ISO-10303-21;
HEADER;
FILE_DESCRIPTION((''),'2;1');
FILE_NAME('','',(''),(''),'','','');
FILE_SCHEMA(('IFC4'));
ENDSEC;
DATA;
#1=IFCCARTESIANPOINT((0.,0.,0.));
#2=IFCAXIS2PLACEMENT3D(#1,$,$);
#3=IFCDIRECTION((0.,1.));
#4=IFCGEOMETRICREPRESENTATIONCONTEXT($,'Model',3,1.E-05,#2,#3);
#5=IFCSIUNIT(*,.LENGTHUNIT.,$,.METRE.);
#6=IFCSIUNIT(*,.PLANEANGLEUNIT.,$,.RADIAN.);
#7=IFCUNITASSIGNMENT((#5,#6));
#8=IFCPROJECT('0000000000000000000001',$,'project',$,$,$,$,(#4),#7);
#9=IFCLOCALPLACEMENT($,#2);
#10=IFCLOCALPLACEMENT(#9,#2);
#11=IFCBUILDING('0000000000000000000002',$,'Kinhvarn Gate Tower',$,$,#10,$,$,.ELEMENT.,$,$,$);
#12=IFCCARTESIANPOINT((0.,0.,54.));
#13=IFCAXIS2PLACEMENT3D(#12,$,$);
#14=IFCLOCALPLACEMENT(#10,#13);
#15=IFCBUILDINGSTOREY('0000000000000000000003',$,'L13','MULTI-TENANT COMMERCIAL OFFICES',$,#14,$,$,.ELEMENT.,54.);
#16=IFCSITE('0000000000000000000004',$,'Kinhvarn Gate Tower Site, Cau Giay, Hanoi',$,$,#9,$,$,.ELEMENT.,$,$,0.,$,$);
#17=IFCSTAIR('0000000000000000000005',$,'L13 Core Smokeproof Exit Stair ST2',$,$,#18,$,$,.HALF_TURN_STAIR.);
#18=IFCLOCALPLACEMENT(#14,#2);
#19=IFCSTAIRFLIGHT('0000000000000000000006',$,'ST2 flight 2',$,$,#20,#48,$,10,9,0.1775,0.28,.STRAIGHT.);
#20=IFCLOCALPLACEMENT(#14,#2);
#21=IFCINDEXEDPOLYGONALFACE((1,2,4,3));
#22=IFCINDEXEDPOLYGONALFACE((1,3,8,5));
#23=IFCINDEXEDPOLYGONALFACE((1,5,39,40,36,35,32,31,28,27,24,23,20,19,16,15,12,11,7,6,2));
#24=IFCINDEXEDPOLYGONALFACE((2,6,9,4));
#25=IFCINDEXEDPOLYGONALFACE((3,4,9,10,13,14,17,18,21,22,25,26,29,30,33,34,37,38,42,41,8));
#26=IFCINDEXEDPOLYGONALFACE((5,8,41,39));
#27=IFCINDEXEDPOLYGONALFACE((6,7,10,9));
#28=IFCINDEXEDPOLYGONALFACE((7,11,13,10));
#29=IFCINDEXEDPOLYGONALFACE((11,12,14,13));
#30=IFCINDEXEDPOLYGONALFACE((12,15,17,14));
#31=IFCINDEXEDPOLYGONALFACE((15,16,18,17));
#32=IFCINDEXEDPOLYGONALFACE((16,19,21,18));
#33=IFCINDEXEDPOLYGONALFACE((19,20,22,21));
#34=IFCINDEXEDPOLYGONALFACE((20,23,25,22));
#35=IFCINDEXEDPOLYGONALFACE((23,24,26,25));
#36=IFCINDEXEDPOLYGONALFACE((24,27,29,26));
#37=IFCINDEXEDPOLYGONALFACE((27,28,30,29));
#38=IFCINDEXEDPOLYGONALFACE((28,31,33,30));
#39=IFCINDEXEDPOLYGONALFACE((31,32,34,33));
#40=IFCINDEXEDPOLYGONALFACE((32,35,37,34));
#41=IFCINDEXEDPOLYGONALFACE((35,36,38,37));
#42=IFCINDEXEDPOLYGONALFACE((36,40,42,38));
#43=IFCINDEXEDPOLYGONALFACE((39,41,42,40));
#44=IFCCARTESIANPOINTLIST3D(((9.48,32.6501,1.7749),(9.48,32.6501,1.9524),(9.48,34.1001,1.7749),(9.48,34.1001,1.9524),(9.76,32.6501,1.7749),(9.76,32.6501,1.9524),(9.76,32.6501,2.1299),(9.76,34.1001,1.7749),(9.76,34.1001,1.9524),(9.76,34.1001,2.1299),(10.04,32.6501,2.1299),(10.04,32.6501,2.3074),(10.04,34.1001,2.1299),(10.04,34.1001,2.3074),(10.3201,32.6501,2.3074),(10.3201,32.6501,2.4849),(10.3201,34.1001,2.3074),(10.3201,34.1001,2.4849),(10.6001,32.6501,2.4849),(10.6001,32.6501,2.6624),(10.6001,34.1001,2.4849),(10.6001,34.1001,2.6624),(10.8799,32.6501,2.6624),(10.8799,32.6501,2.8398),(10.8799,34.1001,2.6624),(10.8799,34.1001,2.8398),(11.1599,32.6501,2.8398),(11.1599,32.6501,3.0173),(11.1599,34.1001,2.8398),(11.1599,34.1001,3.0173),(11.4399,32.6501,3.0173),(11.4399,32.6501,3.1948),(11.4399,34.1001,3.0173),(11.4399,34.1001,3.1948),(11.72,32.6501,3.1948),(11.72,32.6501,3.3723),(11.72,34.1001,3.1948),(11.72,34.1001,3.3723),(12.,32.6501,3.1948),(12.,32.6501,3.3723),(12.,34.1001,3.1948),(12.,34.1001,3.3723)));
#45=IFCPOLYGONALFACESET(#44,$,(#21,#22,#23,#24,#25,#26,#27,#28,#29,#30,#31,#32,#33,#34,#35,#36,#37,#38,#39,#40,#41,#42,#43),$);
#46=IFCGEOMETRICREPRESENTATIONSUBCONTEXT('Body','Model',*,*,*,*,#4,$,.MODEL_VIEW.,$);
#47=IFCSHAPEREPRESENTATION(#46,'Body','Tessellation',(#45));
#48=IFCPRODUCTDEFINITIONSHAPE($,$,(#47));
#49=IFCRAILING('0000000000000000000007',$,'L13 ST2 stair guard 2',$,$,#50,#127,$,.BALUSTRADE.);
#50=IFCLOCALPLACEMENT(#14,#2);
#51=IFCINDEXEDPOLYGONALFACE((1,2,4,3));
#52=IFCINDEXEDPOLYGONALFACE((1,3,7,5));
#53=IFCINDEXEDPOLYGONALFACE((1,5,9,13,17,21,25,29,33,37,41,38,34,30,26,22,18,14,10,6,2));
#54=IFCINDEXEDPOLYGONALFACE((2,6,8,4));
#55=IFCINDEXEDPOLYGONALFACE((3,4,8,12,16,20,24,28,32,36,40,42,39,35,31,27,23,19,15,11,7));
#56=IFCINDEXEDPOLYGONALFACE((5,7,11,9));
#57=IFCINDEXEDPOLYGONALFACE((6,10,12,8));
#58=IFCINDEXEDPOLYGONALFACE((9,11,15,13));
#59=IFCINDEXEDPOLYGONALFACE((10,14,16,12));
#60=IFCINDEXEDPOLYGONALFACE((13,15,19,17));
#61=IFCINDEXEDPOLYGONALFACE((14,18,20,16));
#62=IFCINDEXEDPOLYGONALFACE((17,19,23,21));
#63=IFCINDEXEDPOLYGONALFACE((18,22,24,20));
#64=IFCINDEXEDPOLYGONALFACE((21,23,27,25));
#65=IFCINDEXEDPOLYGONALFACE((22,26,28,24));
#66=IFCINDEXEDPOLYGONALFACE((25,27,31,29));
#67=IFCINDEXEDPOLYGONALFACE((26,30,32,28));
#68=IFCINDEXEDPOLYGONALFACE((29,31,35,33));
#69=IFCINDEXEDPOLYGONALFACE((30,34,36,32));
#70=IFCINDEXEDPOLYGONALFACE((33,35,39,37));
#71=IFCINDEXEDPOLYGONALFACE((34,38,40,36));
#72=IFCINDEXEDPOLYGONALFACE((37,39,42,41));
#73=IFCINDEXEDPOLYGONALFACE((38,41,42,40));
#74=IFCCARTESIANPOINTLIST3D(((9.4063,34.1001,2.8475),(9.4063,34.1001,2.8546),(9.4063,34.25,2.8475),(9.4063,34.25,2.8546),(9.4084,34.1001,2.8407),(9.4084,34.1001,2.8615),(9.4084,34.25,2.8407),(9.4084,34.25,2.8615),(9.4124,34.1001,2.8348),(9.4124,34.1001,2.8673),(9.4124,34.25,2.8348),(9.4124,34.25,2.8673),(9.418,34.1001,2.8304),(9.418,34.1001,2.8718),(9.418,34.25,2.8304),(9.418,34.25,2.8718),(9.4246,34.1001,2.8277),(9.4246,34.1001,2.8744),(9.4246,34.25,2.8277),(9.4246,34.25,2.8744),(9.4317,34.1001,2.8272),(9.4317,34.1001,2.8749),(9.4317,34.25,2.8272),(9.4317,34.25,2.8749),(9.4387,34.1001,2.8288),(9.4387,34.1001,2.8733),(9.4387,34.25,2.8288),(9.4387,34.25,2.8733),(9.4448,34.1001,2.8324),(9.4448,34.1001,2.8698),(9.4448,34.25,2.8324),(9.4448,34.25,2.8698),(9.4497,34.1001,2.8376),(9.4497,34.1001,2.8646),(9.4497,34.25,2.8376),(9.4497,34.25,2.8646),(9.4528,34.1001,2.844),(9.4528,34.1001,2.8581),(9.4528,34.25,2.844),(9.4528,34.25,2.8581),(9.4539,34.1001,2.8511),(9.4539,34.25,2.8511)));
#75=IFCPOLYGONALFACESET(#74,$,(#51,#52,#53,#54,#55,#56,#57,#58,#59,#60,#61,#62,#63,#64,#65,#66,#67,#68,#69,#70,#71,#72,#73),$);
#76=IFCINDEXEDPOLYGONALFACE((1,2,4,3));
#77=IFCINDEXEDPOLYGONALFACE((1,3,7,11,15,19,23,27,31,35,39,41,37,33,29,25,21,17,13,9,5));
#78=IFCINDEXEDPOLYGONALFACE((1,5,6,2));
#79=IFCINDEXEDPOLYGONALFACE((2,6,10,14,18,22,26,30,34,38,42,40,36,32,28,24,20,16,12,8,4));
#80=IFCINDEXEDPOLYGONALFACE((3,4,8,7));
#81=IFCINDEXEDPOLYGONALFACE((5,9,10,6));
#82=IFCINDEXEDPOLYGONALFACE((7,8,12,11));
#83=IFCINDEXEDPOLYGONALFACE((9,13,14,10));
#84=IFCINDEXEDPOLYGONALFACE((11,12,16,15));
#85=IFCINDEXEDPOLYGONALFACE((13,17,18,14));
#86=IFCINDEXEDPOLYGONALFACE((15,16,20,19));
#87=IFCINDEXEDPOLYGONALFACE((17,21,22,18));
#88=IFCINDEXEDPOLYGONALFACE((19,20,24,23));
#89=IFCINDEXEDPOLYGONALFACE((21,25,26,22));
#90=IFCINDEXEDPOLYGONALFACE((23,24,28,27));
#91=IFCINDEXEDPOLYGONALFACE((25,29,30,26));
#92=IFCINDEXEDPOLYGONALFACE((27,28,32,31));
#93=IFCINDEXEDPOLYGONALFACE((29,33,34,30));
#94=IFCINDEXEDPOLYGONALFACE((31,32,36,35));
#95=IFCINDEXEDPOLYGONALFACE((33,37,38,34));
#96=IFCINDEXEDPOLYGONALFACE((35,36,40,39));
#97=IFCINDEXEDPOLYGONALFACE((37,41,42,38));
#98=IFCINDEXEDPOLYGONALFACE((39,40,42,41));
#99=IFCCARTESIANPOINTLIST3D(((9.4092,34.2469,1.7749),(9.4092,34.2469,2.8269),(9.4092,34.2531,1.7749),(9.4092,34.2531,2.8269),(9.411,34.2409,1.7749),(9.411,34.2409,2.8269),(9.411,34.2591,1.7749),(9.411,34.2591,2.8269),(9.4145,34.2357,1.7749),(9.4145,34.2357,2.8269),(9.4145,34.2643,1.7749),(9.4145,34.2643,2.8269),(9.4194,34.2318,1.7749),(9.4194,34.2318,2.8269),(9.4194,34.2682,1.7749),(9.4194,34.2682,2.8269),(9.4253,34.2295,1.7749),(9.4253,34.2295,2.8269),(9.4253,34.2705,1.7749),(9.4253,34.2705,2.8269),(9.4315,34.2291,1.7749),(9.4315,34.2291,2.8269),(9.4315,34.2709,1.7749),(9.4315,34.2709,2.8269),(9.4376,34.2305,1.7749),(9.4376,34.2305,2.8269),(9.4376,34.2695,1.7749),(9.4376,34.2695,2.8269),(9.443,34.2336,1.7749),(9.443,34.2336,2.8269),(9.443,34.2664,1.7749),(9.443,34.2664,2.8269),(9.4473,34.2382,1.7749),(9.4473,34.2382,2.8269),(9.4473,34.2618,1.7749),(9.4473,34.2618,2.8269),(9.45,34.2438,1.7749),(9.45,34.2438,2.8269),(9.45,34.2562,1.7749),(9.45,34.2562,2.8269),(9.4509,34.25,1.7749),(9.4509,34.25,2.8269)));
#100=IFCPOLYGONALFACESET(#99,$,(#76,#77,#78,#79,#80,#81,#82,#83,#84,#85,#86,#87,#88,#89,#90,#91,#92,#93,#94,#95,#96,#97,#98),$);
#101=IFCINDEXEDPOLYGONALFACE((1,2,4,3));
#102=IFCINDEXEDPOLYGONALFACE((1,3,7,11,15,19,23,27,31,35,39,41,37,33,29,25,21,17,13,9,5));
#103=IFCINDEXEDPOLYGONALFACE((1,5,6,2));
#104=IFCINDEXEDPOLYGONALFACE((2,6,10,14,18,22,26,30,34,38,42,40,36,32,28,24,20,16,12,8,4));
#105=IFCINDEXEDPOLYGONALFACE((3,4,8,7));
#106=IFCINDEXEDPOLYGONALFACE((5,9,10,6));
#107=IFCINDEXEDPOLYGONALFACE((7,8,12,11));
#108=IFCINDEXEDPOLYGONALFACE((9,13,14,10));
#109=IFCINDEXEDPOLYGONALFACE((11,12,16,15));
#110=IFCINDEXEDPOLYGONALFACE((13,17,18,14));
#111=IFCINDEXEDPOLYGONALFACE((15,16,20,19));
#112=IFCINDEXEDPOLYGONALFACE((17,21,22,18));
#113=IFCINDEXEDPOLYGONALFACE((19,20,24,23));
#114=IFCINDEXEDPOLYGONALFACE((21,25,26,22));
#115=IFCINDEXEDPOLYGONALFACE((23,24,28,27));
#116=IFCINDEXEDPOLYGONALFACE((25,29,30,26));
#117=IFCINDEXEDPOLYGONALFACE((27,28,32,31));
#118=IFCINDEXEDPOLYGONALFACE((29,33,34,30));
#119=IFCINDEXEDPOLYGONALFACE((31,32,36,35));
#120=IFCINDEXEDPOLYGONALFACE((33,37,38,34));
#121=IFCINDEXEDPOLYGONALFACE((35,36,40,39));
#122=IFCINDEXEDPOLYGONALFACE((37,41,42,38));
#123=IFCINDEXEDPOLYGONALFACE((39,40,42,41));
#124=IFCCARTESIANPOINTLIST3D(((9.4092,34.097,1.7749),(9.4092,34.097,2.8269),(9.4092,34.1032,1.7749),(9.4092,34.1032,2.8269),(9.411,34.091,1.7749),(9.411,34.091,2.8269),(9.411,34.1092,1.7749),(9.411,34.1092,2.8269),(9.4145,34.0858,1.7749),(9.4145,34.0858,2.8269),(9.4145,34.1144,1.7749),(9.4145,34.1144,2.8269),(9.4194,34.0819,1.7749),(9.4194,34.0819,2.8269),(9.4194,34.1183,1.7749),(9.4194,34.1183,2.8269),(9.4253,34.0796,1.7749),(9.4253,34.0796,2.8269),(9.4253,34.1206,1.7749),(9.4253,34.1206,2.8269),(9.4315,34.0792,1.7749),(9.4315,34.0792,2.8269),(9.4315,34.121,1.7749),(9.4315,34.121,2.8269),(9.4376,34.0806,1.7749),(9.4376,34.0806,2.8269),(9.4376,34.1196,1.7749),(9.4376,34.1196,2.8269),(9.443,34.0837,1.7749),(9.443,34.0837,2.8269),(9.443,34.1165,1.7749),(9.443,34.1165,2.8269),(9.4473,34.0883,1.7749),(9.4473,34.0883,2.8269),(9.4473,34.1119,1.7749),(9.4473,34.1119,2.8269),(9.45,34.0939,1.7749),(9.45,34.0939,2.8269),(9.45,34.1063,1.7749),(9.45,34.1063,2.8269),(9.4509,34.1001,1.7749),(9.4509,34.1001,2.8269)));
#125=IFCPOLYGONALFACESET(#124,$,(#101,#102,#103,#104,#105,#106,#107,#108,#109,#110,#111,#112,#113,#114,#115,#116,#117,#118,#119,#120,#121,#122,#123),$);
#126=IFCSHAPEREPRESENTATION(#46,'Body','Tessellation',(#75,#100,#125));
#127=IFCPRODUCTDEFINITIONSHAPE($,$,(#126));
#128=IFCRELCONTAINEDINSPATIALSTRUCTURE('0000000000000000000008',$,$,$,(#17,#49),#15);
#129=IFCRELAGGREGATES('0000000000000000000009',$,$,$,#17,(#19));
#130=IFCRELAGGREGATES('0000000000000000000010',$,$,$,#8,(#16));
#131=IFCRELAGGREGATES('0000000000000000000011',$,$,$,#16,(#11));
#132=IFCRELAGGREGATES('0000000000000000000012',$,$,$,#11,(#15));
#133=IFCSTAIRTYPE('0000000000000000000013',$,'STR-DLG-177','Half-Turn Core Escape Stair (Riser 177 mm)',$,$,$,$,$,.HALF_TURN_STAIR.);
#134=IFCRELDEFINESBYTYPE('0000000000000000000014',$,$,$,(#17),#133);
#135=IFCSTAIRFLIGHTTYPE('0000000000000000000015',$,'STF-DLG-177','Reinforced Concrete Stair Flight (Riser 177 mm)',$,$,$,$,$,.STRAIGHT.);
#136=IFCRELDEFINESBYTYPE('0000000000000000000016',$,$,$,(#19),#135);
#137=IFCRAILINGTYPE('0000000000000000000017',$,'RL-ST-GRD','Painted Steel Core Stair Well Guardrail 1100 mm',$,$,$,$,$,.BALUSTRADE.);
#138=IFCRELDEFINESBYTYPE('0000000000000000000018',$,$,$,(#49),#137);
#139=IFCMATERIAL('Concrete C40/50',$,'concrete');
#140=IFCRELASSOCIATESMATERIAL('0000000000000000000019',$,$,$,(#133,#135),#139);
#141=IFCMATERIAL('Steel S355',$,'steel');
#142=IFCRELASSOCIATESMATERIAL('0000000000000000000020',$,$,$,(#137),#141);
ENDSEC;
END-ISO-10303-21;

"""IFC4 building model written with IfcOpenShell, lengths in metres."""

from ifc_helpers import new_model, si_unit, direction, frame, origin, origin_2d, place, context, subcontext, project, spatial, polyline, circle, outline, extrude, material, type_object, element, aggregate, save


model = new_model("IFC4")

# Units and contexts
model_context = context("Model", 3, precision=1e-05, world=origin(), true_north=direction((0.0, 1.0)))
body_context = subcontext(model_context, "Body", "Model", "MODEL_VIEW")
ifc_project = project(units=[si_unit("LENGTHUNIT", "METRE"), si_unit("PLANEANGLEUNIT", "RADIAN")], contexts=[model_context])

# Site, building, storey
site_placement = place(None, origin())
site = spatial("IfcSite", under=ifc_project, at=site_placement, Name="Kinhvarn Gate Tower Site, Cau Giay, Hanoi", CompositionType="ELEMENT", RefElevation=0.0)
building_placement = place(site_placement, origin())
building = spatial("IfcBuilding", under=site, at=building_placement, Name="Kinhvarn Gate Tower", CompositionType="ELEMENT")
storey_placement = place(building_placement, frame((0.0, 0.0, 54.0)))
storey = spatial("IfcBuildingStorey", under=building, at=storey_placement, Name="L13", Description="MULTI-TENANT COMMERCIAL OFFICES", CompositionType="ELEMENT", Elevation=54.0)

# Shared definitions
ifc_material_1 = material(Name="Steel S355", Category="steel")

# Shared definitions
ifc_material_2 = material(Name="Concrete C40/50", Category="concrete")

# Stair, stair flight
stair_type = type_object("IfcStairType", Name="STR-DLG-177", Description="Half-Turn Core Escape Stair (Riser 177 mm)", PredefinedType="HALF_TURN_STAIR", material=ifc_material_2)
stair_placement = place(storey_placement, origin())
stair = element("IfcStair", 1, at=stair_placement, inside=storey, type_object=stair_type, Name="L13 Core Smokeproof Exit Stair ST2", PredefinedType="HALF_TURN_STAIR")
stair_flight_type = type_object("IfcStairFlightType", Name="STF-DLG-177", Description="Reinforced Concrete Stair Flight (Riser 177 mm)", PredefinedType="STRAIGHT", material=ifc_material_2)
stair_flight_placement = place(storey_placement, frame((9.48, 33.375, 1.7749), z_axis=(0.0, 0.0, 1.0), x_axis=(1.0, 0.0, 0.0)))
stair_flight = element("IfcStairFlight", 2, at=stair_flight_placement, type_object=stair_flight_type, Name="ST2 flight 2", NumberOfRisers=10, NumberOfTreads=9, PredefinedType="STRAIGHT", RiserHeight=0.1775, TreadLength=0.28, context=body_context, shape_type="SweptSolid", body=[
    extrude(outline(polyline([(0.0, 0.0), (0.0, 0.1775), (0.28, 0.1775), (0.28, 0.355), (0.5601, 0.355), (0.5601, 0.5325), (0.8401, 0.5325), (0.8401, 0.71), (1.1201, 0.71), (1.1201, 0.8875), (1.3999, 0.8875), (1.3999, 1.0649), (1.6799, 1.0649), (1.6799, 1.2424), (1.96, 1.2424), (1.96, 1.4199), (2.24, 1.4199), (2.24, 1.5974), (2.52, 1.5974), (2.52, 1.7749), (2.52, 1.4199), (0.28, 0.0), (0.0, 0.0)])), frame((0.0, 0.7251, 0.0), z_axis=(0.0, -1.0, 0.0), x_axis=(1.0, 0.0, 0.0)), (0.0, 0.0, 1.0), 1.45),
])
aggregate(stair, [stair_flight])

# Railing
railing_type_1 = type_object("IfcRailingType", Name="RL-ST-GRD", Description="Painted Steel Core Stair Well Guardrail 1100 mm", PredefinedType="BALUSTRADE", material=ifc_material_1)
railing_1_placement = place(storey_placement, frame((9.4299, 34.25, 1.7749)))
element("IfcRailing", 3, at=railing_1_placement, inside=storey, type_object=railing_type_1, Name="L13 ST2 stair guard 2", PredefinedType="BALUSTRADE", context=body_context, shape_type="SweptSolid", body=[
    extrude(circle(Radius=0.0239, at=origin_2d()), frame((0.0, 0.0, 1.0762), z_axis=(0.0, -1.0, 0.0), x_axis=(1.0, 0.0, 0.0)), (0.0, 0.0, 1.0), 0.1499),
    extrude(circle(Radius=0.021, at=origin_2d()), origin(), (0.0, 0.0, 1.0), 1.052),
    extrude(circle(Radius=0.021, at=origin_2d()), frame((0.0, -0.1499, 0.0)), (0.0, 0.0, 1.0), 1.052),
])

save(model, "model.ifc")
